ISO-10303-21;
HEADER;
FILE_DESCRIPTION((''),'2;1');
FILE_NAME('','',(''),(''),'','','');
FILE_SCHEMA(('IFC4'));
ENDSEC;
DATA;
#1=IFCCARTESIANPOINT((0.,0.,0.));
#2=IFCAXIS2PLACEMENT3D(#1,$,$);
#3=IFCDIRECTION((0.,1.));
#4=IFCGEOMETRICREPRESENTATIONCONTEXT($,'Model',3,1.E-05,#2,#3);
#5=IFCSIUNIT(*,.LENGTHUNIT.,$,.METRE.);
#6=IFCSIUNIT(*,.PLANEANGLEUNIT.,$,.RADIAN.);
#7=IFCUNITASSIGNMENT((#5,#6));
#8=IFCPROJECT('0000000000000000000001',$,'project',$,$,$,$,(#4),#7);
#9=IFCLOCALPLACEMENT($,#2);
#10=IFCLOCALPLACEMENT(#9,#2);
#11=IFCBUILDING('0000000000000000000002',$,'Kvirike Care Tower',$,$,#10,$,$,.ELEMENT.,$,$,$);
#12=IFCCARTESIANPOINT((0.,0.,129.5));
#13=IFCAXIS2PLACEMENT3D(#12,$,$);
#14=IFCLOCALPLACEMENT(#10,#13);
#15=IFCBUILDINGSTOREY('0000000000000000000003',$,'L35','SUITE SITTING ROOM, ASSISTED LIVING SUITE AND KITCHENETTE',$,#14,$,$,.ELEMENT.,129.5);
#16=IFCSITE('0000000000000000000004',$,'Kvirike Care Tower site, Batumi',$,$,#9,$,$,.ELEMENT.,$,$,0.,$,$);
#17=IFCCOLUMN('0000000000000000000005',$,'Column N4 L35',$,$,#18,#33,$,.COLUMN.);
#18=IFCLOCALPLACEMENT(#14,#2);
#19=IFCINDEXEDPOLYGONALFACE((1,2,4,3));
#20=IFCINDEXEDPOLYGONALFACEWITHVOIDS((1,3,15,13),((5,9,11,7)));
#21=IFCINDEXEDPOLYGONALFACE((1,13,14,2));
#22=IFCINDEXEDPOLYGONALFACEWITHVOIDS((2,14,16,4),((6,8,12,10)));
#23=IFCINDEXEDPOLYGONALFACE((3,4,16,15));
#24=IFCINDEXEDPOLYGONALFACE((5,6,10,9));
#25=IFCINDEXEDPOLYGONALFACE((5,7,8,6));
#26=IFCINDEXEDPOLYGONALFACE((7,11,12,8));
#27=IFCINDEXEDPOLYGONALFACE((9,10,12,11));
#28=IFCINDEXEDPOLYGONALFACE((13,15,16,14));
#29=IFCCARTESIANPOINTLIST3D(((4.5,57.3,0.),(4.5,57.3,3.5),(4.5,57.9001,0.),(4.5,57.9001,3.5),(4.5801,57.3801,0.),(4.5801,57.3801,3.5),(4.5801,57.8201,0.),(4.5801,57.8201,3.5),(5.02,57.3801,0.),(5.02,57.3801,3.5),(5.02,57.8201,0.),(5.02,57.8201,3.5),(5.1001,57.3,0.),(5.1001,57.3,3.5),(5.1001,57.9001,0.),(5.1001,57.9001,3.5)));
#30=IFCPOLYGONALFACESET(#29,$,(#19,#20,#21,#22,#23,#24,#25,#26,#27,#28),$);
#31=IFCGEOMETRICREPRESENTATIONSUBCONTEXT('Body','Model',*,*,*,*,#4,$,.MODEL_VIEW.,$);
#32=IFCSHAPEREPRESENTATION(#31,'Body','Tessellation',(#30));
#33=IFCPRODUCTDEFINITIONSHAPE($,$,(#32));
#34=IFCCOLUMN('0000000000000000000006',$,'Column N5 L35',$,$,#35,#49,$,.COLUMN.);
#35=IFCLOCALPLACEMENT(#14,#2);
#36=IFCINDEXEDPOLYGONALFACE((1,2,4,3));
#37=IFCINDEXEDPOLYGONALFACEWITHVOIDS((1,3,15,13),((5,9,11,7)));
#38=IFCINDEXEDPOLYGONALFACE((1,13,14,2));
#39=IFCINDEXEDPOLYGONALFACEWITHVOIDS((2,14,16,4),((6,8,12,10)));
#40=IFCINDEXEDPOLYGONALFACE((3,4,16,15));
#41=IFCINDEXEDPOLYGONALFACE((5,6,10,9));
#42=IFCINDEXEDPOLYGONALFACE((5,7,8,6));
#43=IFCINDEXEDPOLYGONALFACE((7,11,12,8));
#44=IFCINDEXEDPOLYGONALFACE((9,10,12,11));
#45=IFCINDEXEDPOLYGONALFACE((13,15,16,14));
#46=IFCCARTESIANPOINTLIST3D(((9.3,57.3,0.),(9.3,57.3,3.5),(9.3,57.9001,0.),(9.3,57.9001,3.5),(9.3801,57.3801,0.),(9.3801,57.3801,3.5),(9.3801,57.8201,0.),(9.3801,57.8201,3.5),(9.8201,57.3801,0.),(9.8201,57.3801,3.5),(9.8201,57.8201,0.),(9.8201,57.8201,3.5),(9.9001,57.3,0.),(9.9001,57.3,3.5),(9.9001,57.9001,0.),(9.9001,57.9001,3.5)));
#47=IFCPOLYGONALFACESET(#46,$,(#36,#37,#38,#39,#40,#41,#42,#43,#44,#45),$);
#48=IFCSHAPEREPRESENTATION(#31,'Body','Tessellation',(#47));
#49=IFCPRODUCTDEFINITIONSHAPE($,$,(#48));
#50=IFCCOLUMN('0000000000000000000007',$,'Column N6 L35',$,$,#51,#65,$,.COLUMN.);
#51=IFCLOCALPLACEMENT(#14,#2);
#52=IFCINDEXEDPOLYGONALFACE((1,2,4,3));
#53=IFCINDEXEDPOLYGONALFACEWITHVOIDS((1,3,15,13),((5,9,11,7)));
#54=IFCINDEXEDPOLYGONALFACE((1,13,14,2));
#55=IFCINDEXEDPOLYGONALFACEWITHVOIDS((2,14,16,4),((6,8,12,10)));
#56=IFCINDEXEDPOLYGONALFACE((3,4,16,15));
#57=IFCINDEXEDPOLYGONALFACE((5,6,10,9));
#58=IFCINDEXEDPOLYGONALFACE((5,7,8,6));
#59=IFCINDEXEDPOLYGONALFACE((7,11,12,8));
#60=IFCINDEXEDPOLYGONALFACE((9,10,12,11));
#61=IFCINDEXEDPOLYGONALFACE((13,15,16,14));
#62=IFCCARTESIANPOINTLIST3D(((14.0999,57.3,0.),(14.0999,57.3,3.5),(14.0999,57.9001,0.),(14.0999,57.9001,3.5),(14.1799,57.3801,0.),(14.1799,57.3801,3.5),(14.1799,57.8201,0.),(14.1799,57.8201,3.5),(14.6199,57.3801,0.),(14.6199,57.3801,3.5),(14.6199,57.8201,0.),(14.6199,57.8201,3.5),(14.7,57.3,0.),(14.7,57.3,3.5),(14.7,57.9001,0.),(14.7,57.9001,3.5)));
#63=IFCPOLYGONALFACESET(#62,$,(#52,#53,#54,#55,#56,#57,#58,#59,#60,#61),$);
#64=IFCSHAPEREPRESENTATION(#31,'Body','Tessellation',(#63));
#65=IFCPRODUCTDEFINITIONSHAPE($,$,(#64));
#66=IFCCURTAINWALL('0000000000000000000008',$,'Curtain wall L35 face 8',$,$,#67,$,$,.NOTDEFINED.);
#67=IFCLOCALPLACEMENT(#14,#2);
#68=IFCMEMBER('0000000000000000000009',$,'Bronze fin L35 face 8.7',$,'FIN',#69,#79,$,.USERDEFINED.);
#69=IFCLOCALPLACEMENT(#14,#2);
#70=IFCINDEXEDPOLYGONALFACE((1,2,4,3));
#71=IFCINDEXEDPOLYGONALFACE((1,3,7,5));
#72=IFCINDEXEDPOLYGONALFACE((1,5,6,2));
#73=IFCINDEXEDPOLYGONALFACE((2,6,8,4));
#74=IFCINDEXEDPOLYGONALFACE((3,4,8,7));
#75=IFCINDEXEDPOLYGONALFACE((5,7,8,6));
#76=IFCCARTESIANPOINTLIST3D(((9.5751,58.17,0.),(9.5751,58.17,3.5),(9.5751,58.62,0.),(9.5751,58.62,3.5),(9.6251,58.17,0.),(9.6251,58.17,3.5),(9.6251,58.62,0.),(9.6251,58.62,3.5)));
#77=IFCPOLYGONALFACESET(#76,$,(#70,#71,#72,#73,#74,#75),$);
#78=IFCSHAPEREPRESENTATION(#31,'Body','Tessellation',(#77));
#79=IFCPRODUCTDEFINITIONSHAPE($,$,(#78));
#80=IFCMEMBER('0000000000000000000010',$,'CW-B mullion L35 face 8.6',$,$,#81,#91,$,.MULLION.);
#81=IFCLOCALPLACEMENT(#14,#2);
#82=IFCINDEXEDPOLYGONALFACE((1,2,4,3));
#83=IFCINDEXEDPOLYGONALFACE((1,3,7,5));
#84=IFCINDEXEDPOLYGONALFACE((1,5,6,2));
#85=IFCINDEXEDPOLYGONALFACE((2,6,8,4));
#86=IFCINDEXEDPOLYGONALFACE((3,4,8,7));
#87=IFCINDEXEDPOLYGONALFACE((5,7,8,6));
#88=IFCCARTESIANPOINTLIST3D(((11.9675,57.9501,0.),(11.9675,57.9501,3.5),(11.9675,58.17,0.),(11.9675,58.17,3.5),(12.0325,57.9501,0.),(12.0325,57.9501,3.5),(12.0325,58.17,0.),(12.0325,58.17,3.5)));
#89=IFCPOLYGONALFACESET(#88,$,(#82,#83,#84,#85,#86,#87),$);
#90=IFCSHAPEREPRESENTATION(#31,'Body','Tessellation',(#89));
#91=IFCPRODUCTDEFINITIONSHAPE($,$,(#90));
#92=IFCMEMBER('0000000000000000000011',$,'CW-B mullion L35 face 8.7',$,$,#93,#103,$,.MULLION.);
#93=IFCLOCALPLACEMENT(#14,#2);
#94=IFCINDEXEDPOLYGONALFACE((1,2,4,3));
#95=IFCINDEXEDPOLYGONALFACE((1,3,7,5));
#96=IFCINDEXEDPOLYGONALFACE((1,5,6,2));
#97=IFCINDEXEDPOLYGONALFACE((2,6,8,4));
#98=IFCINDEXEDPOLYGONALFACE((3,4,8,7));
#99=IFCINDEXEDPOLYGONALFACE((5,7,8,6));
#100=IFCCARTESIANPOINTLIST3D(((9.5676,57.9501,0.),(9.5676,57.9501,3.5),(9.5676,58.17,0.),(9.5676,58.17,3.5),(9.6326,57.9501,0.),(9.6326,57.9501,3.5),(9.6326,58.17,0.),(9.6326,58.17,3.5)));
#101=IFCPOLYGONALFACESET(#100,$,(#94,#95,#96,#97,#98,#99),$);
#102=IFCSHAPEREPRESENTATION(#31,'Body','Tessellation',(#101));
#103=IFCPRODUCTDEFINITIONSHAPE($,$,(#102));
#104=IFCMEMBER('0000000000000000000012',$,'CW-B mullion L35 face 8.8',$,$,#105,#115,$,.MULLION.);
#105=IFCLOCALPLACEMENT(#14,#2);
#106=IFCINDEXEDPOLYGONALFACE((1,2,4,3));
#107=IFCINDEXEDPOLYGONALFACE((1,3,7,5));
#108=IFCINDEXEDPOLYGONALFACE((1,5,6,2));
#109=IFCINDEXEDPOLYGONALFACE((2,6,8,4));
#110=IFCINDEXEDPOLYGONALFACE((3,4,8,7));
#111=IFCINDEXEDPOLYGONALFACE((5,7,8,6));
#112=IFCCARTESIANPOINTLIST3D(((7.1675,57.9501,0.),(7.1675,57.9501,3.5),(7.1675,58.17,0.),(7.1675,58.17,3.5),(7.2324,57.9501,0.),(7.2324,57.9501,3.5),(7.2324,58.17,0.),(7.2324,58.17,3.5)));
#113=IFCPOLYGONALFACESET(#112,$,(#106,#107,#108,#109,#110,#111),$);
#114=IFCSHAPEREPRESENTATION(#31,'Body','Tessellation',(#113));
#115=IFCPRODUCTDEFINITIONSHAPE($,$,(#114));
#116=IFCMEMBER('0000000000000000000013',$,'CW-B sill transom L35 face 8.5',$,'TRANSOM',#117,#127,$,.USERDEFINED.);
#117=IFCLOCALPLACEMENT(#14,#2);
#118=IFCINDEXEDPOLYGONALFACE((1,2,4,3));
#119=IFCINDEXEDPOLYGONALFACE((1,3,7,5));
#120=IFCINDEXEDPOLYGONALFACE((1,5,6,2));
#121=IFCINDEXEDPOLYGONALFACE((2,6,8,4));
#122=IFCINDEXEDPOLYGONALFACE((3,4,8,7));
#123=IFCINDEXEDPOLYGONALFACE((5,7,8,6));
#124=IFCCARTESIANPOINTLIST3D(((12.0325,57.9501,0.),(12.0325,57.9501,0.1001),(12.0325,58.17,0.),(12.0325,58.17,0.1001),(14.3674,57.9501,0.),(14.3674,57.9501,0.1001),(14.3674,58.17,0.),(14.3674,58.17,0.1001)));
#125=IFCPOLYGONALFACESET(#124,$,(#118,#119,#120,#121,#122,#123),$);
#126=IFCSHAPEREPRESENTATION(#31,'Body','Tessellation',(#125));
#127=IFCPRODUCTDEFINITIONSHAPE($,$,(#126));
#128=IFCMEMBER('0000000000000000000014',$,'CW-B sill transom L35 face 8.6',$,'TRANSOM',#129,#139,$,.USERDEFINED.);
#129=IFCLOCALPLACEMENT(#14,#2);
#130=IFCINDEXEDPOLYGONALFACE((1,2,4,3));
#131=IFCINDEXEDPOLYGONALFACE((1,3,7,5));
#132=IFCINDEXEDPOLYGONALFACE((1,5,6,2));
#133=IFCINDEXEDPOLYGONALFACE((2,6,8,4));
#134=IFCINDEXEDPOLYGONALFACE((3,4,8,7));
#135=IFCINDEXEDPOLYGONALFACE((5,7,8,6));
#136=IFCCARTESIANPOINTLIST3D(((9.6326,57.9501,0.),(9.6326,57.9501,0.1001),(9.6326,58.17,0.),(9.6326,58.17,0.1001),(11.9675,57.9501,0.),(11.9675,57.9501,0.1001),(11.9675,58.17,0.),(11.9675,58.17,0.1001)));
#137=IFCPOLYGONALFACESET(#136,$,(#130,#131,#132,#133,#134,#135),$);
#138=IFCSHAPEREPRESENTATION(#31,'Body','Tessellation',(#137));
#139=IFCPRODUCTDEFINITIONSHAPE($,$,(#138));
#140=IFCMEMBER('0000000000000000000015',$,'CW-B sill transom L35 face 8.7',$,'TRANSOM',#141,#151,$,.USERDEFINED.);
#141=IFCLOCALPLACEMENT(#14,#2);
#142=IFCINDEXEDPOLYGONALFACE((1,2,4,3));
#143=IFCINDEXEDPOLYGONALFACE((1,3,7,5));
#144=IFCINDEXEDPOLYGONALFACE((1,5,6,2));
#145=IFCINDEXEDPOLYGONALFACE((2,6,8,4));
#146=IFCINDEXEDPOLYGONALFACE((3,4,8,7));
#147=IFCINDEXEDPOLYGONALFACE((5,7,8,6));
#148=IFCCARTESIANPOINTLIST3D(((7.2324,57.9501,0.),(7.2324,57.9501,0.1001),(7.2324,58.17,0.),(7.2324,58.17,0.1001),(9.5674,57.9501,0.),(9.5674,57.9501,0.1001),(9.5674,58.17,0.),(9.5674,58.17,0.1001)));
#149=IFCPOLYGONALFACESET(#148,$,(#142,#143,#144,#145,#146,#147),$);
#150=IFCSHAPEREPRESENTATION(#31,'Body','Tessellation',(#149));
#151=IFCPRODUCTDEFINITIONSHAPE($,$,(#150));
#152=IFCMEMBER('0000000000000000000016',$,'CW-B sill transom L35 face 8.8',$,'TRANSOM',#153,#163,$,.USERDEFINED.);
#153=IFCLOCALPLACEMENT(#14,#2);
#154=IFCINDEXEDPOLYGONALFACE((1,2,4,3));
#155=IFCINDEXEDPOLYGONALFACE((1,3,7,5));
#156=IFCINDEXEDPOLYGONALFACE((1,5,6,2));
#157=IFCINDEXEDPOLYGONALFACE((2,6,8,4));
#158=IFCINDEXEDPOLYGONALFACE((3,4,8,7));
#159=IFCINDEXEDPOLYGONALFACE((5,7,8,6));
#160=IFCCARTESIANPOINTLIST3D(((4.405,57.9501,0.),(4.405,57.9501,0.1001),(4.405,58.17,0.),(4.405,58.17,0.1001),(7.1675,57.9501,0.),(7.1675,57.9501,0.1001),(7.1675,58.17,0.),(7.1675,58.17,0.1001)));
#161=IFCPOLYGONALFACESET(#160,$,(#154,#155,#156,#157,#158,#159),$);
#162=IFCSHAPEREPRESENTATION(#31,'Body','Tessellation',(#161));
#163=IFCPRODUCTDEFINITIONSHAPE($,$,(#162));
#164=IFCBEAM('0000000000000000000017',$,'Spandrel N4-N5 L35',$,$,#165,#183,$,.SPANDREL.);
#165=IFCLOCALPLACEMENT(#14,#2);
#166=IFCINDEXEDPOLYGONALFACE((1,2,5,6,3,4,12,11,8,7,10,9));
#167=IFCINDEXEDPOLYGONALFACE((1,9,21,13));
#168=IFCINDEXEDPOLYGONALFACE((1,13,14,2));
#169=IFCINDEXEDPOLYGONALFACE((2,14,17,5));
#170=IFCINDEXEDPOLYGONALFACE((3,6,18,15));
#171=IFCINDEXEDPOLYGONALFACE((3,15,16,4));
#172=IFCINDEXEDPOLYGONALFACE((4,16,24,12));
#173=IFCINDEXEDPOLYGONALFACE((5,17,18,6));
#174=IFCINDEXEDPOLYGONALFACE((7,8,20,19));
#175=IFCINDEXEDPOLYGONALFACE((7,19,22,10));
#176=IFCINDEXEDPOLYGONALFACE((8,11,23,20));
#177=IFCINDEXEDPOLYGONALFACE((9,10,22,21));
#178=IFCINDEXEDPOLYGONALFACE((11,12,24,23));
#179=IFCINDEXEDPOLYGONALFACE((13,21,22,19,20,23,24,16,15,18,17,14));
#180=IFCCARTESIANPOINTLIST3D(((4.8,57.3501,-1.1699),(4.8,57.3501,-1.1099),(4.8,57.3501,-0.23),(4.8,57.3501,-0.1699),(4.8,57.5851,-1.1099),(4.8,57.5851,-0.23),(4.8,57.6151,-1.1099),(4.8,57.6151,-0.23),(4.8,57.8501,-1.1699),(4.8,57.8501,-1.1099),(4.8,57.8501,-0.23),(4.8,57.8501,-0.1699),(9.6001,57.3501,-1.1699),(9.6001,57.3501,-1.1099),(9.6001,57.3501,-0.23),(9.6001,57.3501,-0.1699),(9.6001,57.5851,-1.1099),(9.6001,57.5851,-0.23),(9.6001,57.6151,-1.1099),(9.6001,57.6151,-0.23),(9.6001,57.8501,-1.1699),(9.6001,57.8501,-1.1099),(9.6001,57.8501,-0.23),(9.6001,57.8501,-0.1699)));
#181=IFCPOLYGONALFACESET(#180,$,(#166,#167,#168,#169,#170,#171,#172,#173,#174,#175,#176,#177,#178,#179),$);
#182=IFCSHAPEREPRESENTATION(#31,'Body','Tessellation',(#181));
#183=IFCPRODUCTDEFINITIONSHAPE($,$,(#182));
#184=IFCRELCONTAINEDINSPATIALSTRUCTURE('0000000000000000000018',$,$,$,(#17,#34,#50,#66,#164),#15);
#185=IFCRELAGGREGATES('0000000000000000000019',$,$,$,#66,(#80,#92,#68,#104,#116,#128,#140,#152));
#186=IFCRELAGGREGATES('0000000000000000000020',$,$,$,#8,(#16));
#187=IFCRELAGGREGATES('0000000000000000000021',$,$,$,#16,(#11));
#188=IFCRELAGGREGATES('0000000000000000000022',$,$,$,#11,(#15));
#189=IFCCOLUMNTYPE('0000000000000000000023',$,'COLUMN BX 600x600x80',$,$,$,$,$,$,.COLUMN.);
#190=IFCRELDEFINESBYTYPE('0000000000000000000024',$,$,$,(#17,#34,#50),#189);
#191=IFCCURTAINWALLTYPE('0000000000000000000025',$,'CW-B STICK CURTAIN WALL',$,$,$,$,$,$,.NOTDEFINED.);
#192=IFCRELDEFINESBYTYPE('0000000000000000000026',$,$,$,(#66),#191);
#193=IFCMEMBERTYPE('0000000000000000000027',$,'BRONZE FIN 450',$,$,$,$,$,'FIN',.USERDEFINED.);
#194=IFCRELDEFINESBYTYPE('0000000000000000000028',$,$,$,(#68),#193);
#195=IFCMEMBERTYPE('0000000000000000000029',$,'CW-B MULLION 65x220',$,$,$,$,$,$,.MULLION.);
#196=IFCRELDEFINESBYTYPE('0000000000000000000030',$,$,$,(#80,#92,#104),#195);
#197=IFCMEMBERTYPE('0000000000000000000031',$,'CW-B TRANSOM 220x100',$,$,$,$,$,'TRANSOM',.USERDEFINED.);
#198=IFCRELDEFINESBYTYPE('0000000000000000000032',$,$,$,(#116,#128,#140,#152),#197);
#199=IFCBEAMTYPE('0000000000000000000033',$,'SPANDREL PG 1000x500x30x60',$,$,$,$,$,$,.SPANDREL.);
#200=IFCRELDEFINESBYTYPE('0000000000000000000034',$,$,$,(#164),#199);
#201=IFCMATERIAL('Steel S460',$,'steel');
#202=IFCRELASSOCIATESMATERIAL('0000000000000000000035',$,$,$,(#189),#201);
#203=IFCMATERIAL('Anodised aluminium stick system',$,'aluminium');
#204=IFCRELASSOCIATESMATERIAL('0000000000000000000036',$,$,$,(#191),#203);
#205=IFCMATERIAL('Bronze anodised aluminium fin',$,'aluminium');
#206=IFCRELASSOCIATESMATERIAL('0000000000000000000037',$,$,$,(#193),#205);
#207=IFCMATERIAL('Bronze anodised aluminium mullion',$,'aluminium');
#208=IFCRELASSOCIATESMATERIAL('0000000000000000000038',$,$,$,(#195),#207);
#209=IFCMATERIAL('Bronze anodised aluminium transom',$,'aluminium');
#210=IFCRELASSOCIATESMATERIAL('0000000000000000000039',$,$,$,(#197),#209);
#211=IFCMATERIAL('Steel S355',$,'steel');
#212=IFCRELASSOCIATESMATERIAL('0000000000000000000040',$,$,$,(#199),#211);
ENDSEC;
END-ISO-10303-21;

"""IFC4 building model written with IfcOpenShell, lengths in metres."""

from ifc_helpers import new_model, si_unit, direction, frame, origin, origin_2d, place, context, subcontext, project, spatial, rectangle, hollow_rectangle, i_section, extrude, material, material_profile, profile_set, type_object, element, aggregate, save


model = new_model("IFC4")

# Units and contexts
model_context = context("Model", 3, precision=1e-05, world=origin(), true_north=direction((0.0, 1.0)))
body_context = subcontext(model_context, "Body", "Model", "MODEL_VIEW")
ifc_project = project(units=[si_unit("LENGTHUNIT", "METRE"), si_unit("PLANEANGLEUNIT", "RADIAN")], contexts=[model_context])

# Site, building, storey
site_placement = place(None, origin())
site = spatial("IfcSite", under=ifc_project, at=site_placement, Name="Kvirike Care Tower site, Batumi", CompositionType="ELEMENT", RefElevation=0.0)
building_placement = place(site_placement, origin())
building = spatial("IfcBuilding", under=site, at=building_placement, Name="Kvirike Care Tower", CompositionType="ELEMENT")
storey_placement = place(building_placement, frame((0.0, 0.0, 129.5)))
storey = spatial("IfcBuildingStorey", under=building, at=storey_placement, Name="L35", Description="SUITE SITTING ROOM, ASSISTED LIVING SUITE AND KITCHENETTE", CompositionType="ELEMENT", Elevation=129.5)

# Columns
ifc_material_1 = material(Name="Steel S460", Category="steel")
ifc_material_profile_1 = material_profile(ifc_material_1, hollow_rectangle(XDim=0.6001, YDim=0.6001, WallThickness=0.0801, at=origin_2d()), Name="BX 600x600x80")
ifc_profile_set_1 = profile_set([ifc_material_profile_1], Name="Steel S460")
column_type = type_object("IfcColumnType", Name="COLUMN BX 600x600x80", PredefinedType="COLUMN", material=ifc_profile_set_1)
for number, where, z_axis, x_axis, name in (
    (1, (4.8, 57.6001, 0.0), (0.0, 0.0, 1.0), (0.0, 1.0, 0.0), "Column N4 L35"),
    (2, (9.6001, 57.6001, 0.0), (0.0, 0.0, 1.0), (0.0, 1.0, 0.0), "Column N5 L35"),
    (3, (14.3999, 57.6001, 0.0), (0.0, 0.0, 1.0), (0.0, 1.0, 0.0), "Column N6 L35"),
):
    element("IfcColumn", number, at=place(storey_placement, frame(where, z_axis=z_axis, x_axis=x_axis)), inside=storey, type_object=column_type, Name=name, PredefinedType="COLUMN", context=body_context, shape_type="SweptSolid", body=[
        extrude(hollow_rectangle(XDim=0.6001, YDim=0.6001, WallThickness=0.0801, at=origin_2d()), origin(), (0.0, 0.0, 1.0), 3.5),
    ])

# Curtain wall, members
ifc_material_2 = material(Name="Anodised aluminium stick system", Category="aluminium")
curtain_wall_type = type_object("IfcCurtainWallType", Name="CW-B STICK CURTAIN WALL", PredefinedType="NOTDEFINED", material=ifc_material_2)
curtain_wall_placement = place(storey_placement, origin())
curtain_wall = element("IfcCurtainWall", 4, at=curtain_wall_placement, inside=storey, type_object=curtain_wall_type, Name="Curtain wall L35 face 8", PredefinedType="NOTDEFINED")
ifc_material_3 = material(Name="Bronze anodised aluminium fin", Category="aluminium")
ifc_material_profile_2 = material_profile(ifc_material_3, rectangle(XDim=0.05, YDim=0.45, at=origin_2d()), Name="BRONZE FIN 450")
ifc_profile_set_2 = profile_set([ifc_material_profile_2], Name="Bronze anodised aluminium fin")
member_type_1 = type_object("IfcMemberType", Name="BRONZE FIN 450", ElementType="FIN", PredefinedType="USERDEFINED", material=ifc_profile_set_2)
member_1_placement = place(storey_placement, frame((9.6001, 58.395, 0.0), z_axis=(0.0, 0.0, 1.0), x_axis=(-1.0, 0.0, 0.0)))
member_1 = element("IfcMember", 5, at=member_1_placement, type_object=member_type_1, Name="Bronze fin L35 face 8.7", ObjectType="FIN", PredefinedType="USERDEFINED", context=body_context, shape_type="SweptSolid", body=[
    extrude(rectangle(XDim=0.05, YDim=0.45, at=origin_2d()), origin(), (0.0, 0.0, 1.0), 3.5),
])
ifc_material_4 = material(Name="Bronze anodised aluminium mullion", Category="aluminium")
ifc_material_profile_3 = material_profile(ifc_material_4, rectangle(XDim=0.0649, YDim=0.22, at=origin_2d()), Name="CW-B MULLION 65x220")
ifc_profile_set_3 = profile_set([ifc_material_profile_3], Name="Bronze anodised aluminium mullion")
member_type_2 = type_object("IfcMemberType", Name="CW-B MULLION 65x220", PredefinedType="MULLION", material=ifc_profile_set_3)
member_2_placement = place(storey_placement, frame((12.0, 58.0601, 0.0), z_axis=(0.0, 0.0, 1.0), x_axis=(-1.0, 0.0, 0.0)))
member_2 = element("IfcMember", 6, at=member_2_placement, type_object=member_type_2, Name="CW-B mullion L35 face 8.6", PredefinedType="MULLION", context=body_context, shape_type="SweptSolid", body=[
    extrude(rectangle(XDim=0.0649, YDim=0.22, at=origin_2d()), origin(), (0.0, 0.0, 1.0), 3.5),
])
member_3_placement = place(storey_placement, frame((9.6001, 58.0601, 0.0), z_axis=(0.0, 0.0, 1.0), x_axis=(-1.0, 0.0, 0.0)))
member_3 = element("IfcMember", 7, at=member_3_placement, type_object=member_type_2, Name="CW-B mullion L35 face 8.7", PredefinedType="MULLION", context=body_context, shape_type="SweptSolid", body=[
    extrude(rectangle(XDim=0.0649, YDim=0.22, at=origin_2d()), origin(), (0.0, 0.0, 1.0), 3.5),
])
member_4_placement = place(storey_placement, frame((7.2, 58.0601, 0.0), z_axis=(0.0, 0.0, 1.0), x_axis=(-1.0, 0.0, 0.0)))
member_4 = element("IfcMember", 8, at=member_4_placement, type_object=member_type_2, Name="CW-B mullion L35 face 8.8", PredefinedType="MULLION", context=body_context, shape_type="SweptSolid", body=[
    extrude(rectangle(XDim=0.0649, YDim=0.22, at=origin_2d()), origin(), (0.0, 0.0, 1.0), 3.5),
])
ifc_material_5 = material(Name="Bronze anodised aluminium transom", Category="aluminium")
ifc_material_profile_4 = material_profile(ifc_material_5, rectangle(XDim=0.22, YDim=0.1001, at=origin_2d()), Name="CW-B TRANSOM 220x100")
ifc_profile_set_4 = profile_set([ifc_material_profile_4], Name="Bronze anodised aluminium transom")
member_type_3 = type_object("IfcMemberType", Name="CW-B TRANSOM 220x100", ElementType="TRANSOM", PredefinedType="USERDEFINED", material=ifc_profile_set_4)
member_5_placement = place(storey_placement, frame((14.3674, 58.0601, 0.05), z_axis=(-1.0, 0.0, 0.0), x_axis=(0.0, -1.0, 0.0)))
member_5 = element("IfcMember", 9, at=member_5_placement, type_object=member_type_3, Name="CW-B sill transom L35 face 8.5", ObjectType="TRANSOM", PredefinedType="USERDEFINED", context=body_context, shape_type="SweptSolid", body=[
    extrude(rectangle(XDim=0.22, YDim=0.1001, at=origin_2d()), origin(), (0.0, 0.0, 1.0), 2.335),
])
member_6_placement = place(storey_placement, frame((11.9675, 58.0601, 0.05), z_axis=(-1.0, 0.0, 0.0), x_axis=(0.0, -1.0, 0.0)))
member_6 = element("IfcMember", 10, at=member_6_placement, type_object=member_type_3, Name="CW-B sill transom L35 face 8.6", ObjectType="TRANSOM", PredefinedType="USERDEFINED", context=body_context, shape_type="SweptSolid", body=[
    extrude(rectangle(XDim=0.22, YDim=0.1001, at=origin_2d()), origin(), (0.0, 0.0, 1.0), 2.335),
])
member_7_placement = place(storey_placement, frame((9.5674, 58.0601, 0.05), z_axis=(-1.0, 0.0, 0.0), x_axis=(0.0, -1.0, 0.0)))
member_7 = element("IfcMember", 11, at=member_7_placement, type_object=member_type_3, Name="CW-B sill transom L35 face 8.7", ObjectType="TRANSOM", PredefinedType="USERDEFINED", context=body_context, shape_type="SweptSolid", body=[
    extrude(rectangle(XDim=0.22, YDim=0.1001, at=origin_2d()), origin(), (0.0, 0.0, 1.0), 2.335),
])
member_8_placement = place(storey_placement, frame((7.1675, 58.0601, 0.05), z_axis=(-1.0, 0.0, 0.0), x_axis=(0.0, -1.0, 0.0)))
member_8 = element("IfcMember", 12, at=member_8_placement, type_object=member_type_3, Name="CW-B sill transom L35 face 8.8", ObjectType="TRANSOM", PredefinedType="USERDEFINED", context=body_context, shape_type="SweptSolid", body=[
    extrude(rectangle(XDim=0.22, YDim=0.1001, at=origin_2d()), origin(), (0.0, 0.0, 1.0), 2.7625),
])

# Beam
ifc_material_6 = material(Name="Steel S355", Category="steel")
ifc_material_profile_5 = material_profile(ifc_material_6, i_section(OverallWidth=0.5, OverallDepth=1.0, WebThickness=0.03, FlangeThickness=0.0601, at=origin_2d()), Name="PG 1000x500x30x60")
ifc_profile_set_5 = profile_set([ifc_material_profile_5], Name="Steel S355")
beam_type = type_object("IfcBeamType", Name="SPANDREL PG 1000x500x30x60", PredefinedType="SPANDREL", material=ifc_profile_set_5)
beam_1_placement = place(storey_placement, frame((4.8, 57.6001, -0.6699), z_axis=(1.0, 0.0, 0.0), x_axis=(0.0, 1.0, 0.0)))
element("IfcBeam", 13, at=beam_1_placement, inside=storey, type_object=beam_type, Name="Spandrel N4-N5 L35", PredefinedType="SPANDREL", context=body_context, shape_type="SweptSolid", body=[
    extrude(i_section(OverallWidth=0.5, OverallDepth=1.0, WebThickness=0.03, FlangeThickness=0.0601, at=origin_2d()), origin(), (0.0, 0.0, 1.0), 4.8),
])

aggregate(curtain_wall, [member_2, member_3, member_1, member_4, member_5, member_6, member_7, member_8])

save(model, "model.ifc")
